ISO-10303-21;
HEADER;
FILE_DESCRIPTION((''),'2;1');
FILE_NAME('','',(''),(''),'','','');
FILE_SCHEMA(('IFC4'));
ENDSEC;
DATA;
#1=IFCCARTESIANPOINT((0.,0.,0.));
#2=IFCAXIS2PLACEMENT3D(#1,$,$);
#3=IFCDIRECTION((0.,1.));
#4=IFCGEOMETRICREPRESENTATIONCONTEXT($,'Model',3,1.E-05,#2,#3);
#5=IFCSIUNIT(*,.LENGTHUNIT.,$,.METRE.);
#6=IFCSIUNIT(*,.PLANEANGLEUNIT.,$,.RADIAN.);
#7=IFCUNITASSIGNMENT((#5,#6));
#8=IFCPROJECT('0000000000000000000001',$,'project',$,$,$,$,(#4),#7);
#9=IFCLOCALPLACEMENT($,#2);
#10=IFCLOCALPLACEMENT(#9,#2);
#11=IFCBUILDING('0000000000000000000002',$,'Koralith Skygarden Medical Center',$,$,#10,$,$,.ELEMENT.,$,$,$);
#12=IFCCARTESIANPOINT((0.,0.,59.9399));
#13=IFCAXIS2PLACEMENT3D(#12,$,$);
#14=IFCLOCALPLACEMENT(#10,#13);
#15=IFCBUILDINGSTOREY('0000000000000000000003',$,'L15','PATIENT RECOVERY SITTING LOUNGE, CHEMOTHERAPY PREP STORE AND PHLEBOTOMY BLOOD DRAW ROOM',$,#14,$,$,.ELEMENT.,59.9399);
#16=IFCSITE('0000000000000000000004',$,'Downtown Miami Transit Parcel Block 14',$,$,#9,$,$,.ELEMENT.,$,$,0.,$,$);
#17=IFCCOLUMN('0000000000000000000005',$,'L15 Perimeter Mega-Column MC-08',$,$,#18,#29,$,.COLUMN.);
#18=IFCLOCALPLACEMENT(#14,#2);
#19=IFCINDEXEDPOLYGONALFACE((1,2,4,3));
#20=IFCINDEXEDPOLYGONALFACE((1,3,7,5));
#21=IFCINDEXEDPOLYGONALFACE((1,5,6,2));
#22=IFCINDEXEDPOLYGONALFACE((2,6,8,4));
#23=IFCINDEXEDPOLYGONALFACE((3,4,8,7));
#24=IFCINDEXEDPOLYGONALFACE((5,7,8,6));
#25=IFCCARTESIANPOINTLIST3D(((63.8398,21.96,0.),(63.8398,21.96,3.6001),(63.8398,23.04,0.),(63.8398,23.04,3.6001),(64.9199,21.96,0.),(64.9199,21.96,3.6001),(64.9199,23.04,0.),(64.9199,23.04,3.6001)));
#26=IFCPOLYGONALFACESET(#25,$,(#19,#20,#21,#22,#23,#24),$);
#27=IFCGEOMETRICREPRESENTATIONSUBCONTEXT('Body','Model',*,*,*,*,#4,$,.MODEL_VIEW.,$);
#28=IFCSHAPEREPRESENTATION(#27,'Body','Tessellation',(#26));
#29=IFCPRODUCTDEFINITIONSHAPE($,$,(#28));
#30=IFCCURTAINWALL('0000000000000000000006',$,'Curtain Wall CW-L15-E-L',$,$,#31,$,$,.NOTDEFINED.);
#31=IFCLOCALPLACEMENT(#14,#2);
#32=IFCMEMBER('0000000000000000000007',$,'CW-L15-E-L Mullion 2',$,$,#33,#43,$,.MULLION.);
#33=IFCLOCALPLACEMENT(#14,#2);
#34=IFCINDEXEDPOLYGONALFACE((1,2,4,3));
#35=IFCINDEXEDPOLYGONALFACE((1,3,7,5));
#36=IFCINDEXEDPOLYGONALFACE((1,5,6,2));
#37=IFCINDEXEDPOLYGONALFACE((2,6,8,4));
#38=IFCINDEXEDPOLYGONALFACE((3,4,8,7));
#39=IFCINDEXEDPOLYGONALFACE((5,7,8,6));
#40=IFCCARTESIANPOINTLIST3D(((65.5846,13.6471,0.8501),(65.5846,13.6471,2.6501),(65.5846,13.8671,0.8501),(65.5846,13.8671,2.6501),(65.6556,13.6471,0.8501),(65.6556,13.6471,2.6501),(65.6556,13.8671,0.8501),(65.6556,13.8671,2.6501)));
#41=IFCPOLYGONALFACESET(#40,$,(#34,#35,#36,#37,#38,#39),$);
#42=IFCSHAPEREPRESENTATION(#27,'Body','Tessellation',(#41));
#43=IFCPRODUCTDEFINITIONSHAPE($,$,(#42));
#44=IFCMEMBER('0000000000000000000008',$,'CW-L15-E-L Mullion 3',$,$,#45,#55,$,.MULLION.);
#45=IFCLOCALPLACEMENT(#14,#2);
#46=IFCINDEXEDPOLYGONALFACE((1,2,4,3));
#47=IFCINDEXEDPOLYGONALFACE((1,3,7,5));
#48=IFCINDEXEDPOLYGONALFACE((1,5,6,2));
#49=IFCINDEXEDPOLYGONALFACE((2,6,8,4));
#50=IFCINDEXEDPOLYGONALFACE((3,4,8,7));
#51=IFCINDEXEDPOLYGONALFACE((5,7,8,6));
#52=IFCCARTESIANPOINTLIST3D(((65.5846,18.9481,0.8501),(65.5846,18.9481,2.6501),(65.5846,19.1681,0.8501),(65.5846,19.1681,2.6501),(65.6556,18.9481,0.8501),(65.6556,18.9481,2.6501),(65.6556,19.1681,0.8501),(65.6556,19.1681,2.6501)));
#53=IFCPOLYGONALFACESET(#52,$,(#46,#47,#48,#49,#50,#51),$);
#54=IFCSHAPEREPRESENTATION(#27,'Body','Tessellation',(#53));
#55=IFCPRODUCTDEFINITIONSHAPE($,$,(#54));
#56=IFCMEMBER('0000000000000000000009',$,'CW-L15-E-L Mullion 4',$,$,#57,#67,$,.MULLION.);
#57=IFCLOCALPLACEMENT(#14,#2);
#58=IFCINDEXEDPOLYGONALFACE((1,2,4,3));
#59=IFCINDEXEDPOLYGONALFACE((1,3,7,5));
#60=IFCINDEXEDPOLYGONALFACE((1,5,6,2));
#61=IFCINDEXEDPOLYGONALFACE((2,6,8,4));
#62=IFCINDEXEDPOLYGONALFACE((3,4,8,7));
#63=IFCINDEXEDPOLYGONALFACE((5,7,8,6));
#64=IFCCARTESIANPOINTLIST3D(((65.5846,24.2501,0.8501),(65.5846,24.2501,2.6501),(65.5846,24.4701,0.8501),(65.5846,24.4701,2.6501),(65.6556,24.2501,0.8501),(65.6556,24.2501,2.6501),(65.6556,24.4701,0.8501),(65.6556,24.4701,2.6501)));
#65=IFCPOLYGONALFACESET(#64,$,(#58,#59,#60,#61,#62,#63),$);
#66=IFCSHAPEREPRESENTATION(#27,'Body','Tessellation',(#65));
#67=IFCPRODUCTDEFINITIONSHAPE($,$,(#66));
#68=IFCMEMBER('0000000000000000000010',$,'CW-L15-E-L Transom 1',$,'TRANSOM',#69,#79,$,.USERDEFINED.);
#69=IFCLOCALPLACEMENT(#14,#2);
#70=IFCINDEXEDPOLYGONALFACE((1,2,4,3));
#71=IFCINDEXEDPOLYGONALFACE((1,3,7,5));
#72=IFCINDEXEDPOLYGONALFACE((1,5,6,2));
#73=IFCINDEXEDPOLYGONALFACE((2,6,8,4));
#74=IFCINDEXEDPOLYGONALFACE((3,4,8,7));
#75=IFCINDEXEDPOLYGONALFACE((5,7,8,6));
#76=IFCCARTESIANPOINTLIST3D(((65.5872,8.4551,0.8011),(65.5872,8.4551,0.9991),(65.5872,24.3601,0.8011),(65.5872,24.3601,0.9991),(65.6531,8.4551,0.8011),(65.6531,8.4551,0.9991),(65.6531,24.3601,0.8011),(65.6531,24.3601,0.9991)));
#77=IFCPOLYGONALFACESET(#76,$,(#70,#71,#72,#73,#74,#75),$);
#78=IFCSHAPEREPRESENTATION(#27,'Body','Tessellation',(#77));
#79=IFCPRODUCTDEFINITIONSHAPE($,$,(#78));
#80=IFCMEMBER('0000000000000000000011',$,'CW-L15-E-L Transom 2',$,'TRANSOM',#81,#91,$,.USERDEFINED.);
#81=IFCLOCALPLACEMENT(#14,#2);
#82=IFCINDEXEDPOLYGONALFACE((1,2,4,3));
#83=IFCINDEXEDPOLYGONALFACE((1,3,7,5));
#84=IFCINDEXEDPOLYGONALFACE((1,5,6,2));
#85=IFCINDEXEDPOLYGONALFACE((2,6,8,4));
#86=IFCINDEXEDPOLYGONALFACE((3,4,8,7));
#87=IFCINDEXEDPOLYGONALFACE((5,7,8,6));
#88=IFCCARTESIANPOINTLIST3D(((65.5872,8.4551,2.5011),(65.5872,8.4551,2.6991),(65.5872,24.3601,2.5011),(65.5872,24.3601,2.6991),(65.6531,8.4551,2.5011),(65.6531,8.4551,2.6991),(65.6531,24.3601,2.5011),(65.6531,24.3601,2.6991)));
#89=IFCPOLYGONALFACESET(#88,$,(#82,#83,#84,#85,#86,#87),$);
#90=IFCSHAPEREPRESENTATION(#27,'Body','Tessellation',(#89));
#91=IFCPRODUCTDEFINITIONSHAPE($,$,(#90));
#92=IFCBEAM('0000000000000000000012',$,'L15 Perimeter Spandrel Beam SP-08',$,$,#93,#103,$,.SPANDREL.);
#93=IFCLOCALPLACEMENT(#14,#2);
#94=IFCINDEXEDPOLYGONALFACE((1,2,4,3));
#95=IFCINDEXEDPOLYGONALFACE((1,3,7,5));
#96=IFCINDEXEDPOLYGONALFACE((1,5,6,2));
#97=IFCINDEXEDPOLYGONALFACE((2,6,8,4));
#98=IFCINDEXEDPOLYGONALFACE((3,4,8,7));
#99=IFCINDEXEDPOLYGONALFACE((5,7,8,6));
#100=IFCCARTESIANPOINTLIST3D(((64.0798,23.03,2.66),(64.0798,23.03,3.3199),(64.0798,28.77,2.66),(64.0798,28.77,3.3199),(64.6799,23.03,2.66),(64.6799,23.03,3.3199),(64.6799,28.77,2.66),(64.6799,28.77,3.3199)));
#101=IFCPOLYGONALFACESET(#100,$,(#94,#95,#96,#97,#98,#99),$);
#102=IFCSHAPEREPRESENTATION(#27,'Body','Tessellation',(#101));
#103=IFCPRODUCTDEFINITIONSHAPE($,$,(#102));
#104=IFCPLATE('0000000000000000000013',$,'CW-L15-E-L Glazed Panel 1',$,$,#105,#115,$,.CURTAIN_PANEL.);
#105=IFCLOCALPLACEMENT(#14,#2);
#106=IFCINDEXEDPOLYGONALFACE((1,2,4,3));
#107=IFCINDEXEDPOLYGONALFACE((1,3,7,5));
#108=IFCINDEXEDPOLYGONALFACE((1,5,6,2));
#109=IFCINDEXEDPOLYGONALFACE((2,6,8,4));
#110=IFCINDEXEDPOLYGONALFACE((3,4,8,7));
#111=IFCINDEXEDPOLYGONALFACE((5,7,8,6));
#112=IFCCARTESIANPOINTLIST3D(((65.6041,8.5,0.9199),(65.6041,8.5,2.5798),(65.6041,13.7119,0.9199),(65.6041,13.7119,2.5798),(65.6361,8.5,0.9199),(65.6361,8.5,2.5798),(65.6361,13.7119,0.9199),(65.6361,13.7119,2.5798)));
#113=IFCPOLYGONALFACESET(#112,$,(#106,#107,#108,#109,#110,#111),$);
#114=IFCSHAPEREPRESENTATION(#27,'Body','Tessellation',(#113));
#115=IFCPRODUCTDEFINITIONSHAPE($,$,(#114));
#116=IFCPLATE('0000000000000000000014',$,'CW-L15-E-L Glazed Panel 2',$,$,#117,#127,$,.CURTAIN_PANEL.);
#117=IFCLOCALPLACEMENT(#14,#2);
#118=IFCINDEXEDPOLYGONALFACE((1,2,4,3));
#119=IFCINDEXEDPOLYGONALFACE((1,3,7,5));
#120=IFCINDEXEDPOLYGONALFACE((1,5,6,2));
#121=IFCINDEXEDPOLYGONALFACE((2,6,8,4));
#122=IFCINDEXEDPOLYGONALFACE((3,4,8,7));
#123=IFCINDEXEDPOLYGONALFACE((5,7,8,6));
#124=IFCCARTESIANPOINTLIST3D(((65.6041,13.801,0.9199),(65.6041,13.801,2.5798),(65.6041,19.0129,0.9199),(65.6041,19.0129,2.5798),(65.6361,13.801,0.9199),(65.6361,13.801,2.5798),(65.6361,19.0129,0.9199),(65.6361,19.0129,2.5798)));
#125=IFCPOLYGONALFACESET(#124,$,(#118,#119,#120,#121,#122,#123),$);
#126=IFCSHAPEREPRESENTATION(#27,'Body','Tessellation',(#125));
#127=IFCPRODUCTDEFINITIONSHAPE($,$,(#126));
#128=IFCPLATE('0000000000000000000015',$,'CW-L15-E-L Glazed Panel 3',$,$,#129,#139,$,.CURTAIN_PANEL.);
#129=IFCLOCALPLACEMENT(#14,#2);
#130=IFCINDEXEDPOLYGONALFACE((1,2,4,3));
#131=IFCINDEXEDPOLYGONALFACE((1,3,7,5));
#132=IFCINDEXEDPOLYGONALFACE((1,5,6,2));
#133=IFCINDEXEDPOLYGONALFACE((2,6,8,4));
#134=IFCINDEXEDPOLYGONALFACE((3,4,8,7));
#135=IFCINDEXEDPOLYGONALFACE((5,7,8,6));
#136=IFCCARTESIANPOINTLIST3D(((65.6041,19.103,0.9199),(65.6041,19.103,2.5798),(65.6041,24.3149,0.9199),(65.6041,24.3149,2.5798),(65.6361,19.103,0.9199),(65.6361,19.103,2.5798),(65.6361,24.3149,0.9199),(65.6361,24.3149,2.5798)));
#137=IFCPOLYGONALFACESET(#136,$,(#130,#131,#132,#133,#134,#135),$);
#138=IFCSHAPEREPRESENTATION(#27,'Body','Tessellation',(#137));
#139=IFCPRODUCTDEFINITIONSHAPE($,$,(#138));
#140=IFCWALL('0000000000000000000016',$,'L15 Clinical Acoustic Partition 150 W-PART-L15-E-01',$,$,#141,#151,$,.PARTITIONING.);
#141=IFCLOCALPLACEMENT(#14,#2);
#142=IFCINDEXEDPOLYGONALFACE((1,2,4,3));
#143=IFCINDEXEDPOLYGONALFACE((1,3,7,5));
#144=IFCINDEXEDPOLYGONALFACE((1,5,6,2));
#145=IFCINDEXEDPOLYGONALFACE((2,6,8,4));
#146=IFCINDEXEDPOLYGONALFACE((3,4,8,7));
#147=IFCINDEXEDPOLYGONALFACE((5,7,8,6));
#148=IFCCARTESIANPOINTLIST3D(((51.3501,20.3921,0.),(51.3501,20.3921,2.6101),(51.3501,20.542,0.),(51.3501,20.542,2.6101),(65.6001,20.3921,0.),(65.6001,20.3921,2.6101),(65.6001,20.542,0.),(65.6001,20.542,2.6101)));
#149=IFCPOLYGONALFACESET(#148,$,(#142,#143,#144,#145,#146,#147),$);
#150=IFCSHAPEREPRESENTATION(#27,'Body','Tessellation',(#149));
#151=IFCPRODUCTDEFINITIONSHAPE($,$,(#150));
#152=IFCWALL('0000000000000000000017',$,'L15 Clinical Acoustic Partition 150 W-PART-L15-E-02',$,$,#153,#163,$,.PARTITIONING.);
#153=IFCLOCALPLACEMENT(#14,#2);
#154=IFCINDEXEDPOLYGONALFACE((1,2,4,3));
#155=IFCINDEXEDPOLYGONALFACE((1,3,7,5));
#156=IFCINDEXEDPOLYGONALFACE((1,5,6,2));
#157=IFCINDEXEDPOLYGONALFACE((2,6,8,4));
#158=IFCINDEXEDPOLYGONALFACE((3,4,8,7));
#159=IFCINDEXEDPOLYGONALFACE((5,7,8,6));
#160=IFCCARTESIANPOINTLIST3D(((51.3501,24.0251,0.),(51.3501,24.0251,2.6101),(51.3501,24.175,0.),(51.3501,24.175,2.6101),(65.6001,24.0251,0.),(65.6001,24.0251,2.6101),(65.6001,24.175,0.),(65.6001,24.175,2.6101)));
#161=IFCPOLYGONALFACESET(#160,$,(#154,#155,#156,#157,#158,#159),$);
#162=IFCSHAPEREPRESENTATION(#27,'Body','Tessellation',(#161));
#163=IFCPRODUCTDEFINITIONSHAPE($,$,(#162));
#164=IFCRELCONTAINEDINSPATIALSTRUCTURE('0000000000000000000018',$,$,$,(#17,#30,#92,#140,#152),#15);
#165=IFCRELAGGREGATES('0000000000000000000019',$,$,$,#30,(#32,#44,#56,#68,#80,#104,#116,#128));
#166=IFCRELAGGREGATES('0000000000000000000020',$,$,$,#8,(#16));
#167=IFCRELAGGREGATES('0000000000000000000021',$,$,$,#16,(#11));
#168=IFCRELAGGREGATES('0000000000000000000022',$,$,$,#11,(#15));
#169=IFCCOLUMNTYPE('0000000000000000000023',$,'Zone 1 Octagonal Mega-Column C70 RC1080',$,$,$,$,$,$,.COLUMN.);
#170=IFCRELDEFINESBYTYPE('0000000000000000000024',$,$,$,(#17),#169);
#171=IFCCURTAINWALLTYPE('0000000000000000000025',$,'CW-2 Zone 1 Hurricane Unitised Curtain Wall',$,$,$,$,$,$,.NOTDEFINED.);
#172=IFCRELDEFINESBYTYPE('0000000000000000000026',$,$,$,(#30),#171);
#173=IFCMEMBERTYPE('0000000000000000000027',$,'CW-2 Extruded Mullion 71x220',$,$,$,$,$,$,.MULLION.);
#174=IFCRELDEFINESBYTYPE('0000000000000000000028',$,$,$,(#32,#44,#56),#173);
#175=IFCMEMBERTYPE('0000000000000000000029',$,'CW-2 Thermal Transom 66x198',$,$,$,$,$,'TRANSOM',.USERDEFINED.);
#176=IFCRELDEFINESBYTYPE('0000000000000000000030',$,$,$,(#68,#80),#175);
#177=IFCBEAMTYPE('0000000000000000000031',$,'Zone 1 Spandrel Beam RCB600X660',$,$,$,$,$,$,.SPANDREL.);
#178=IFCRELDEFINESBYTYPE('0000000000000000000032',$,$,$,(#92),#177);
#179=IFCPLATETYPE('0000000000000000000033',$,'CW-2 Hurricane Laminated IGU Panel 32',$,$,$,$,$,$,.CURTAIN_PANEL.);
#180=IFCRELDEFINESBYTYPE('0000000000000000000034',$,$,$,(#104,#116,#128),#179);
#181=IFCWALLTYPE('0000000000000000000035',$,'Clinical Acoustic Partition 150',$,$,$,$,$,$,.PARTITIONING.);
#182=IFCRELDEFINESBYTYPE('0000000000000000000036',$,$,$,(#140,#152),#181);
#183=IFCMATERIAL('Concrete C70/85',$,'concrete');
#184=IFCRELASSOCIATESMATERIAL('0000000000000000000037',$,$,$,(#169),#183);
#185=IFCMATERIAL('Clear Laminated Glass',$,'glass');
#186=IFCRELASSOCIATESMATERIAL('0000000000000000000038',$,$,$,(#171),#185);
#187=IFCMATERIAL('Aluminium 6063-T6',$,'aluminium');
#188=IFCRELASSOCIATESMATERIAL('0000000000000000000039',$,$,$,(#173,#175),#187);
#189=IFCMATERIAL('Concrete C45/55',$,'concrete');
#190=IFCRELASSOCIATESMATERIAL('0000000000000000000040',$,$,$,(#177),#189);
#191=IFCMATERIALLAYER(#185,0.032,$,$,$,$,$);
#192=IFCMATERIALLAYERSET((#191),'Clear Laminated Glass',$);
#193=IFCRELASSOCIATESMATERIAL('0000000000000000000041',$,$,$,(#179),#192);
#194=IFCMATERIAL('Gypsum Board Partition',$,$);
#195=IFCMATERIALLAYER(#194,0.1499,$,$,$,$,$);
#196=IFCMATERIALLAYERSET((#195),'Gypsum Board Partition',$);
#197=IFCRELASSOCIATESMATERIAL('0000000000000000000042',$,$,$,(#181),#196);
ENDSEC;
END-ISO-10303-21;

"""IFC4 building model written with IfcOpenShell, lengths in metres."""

from ifc_helpers import new_model, si_unit, direction, frame, frame_2d, origin, origin_2d, place, context, subcontext, project, spatial, rectangle, extrude, material, layer, layer_set, material_profile, profile_set, type_object, element, aggregate, save


model = new_model("IFC4")

# Units and contexts
model_context = context("Model", 3, precision=1e-05, world=origin(), true_north=direction((0.0, 1.0)))
body_context = subcontext(model_context, "Body", "Model", "MODEL_VIEW")
ifc_project = project(units=[si_unit("LENGTHUNIT", "METRE"), si_unit("PLANEANGLEUNIT", "RADIAN")], contexts=[model_context])

# Site, building, storey
site_placement = place(None, origin())
site = spatial("IfcSite", under=ifc_project, at=site_placement, Name="Downtown Miami Transit Parcel Block 14", CompositionType="ELEMENT", RefElevation=0.0)
building_placement = place(site_placement, origin())
building = spatial("IfcBuilding", under=site, at=building_placement, Name="Koralith Skygarden Medical Center", CompositionType="ELEMENT")
storey_placement = place(building_placement, frame((0.0, 0.0, 59.9399)))
storey = spatial("IfcBuildingStorey", under=building, at=storey_placement, Name="L15", Description="PATIENT RECOVERY SITTING LOUNGE, CHEMOTHERAPY PREP STORE AND PHLEBOTOMY BLOOD DRAW ROOM", CompositionType="ELEMENT", Elevation=59.9399)

# Column
ifc_material_1 = material(Name="Concrete C70/85", Category="concrete")
ifc_material_profile_1 = material_profile(ifc_material_1, rectangle(XDim=1.0801, YDim=1.0801, at=origin_2d()), Name="RC1080X1080")
ifc_profile_set_1 = profile_set([ifc_material_profile_1], Name="Concrete C70/85")
column_type = type_object("IfcColumnType", Name="Zone 1 Octagonal Mega-Column C70 RC1080", PredefinedType="COLUMN", material=ifc_profile_set_1)
column_placement = place(storey_placement, frame((64.3799, 22.5, 0.0), z_axis=(0.0, 0.0, 1.0), x_axis=(1.0, 0.0, 0.0)))
element("IfcColumn", 1, at=column_placement, inside=storey, type_object=column_type, Name="L15 Perimeter Mega-Column MC-08", PredefinedType="COLUMN", context=body_context, shape_type="SweptSolid", body=[
    extrude(rectangle(XDim=1.0801, YDim=1.0801, at=origin_2d()), origin(), (0.0, 0.0, 1.0), 3.6001),
])

# Curtain wall, members
ifc_material_2 = material(Name="Clear Laminated Glass", Category="glass")
curtain_wall_type = type_object("IfcCurtainWallType", Name="CW-2 Zone 1 Hurricane Unitised Curtain Wall", PredefinedType="NOTDEFINED", material=ifc_material_2)
curtain_wall_placement = place(storey_placement, origin())
curtain_wall = element("IfcCurtainWall", 2, at=curtain_wall_placement, inside=storey, type_object=curtain_wall_type, Name="Curtain Wall CW-L15-E-L", PredefinedType="NOTDEFINED")
ifc_material_3 = material(Name="Aluminium 6063-T6", Category="aluminium")
ifc_material_profile_2 = material_profile(ifc_material_3, rectangle(XDim=0.071, YDim=0.22, at=origin_2d()), Name="MUL71X220")
ifc_profile_set_2 = profile_set([ifc_material_profile_2], Name="Aluminium 6063-T6")
member_type_1 = type_object("IfcMemberType", Name="CW-2 Extruded Mullion 71x220", PredefinedType="MULLION", material=ifc_profile_set_2)
member_1_placement = place(storey_placement, frame((65.6201, 13.7571, 0.8501), z_axis=(0.0, 0.0, 1.0), x_axis=(1.0, 0.0, 0.0)))
member_1 = element("IfcMember", 3, at=member_1_placement, type_object=member_type_1, Name="CW-L15-E-L Mullion 2", PredefinedType="MULLION", context=body_context, shape_type="SweptSolid", body=[
    extrude(rectangle(XDim=0.071, YDim=0.22, at=origin_2d()), origin(), (0.0, 0.0, 1.0), 1.8),
])
member_2_placement = place(storey_placement, frame((65.6201, 19.0581, 0.8501), z_axis=(0.0, 0.0, 1.0), x_axis=(1.0, 0.0, 0.0)))
member_2 = element("IfcMember", 4, at=member_2_placement, type_object=member_type_1, Name="CW-L15-E-L Mullion 3", PredefinedType="MULLION", context=body_context, shape_type="SweptSolid", body=[
    extrude(rectangle(XDim=0.071, YDim=0.22, at=origin_2d()), origin(), (0.0, 0.0, 1.0), 1.8),
])
member_3_placement = place(storey_placement, frame((65.6201, 24.3601, 0.8501), z_axis=(0.0, 0.0, 1.0), x_axis=(1.0, 0.0, 0.0)))
member_3 = element("IfcMember", 5, at=member_3_placement, type_object=member_type_1, Name="CW-L15-E-L Mullion 4", PredefinedType="MULLION", context=body_context, shape_type="SweptSolid", body=[
    extrude(rectangle(XDim=0.071, YDim=0.22, at=origin_2d()), origin(), (0.0, 0.0, 1.0), 1.8),
])
ifc_material_profile_3 = material_profile(ifc_material_3, rectangle(XDim=0.0659, YDim=0.198, at=origin_2d()), Name="TRN66X198")
ifc_profile_set_3 = profile_set([ifc_material_profile_3], Name="Aluminium 6063-T6")
member_type_2 = type_object("IfcMemberType", Name="CW-2 Thermal Transom 66x198", ElementType="TRANSOM", PredefinedType="USERDEFINED", material=ifc_profile_set_3)
member_4_placement = place(storey_placement, frame((65.6201, 8.4551, 0.9001), z_axis=(0.0, 1.0, 0.0), x_axis=(-1.0, 0.0, 0.0)))
member_4 = element("IfcMember", 6, at=member_4_placement, type_object=member_type_2, Name="CW-L15-E-L Transom 1", ObjectType="TRANSOM", PredefinedType="USERDEFINED", context=body_context, shape_type="SweptSolid", body=[
    extrude(rectangle(XDim=0.0659, YDim=0.198, at=origin_2d()), origin(), (0.0, 0.0, 1.0), 15.905),
])
member_5_placement = place(storey_placement, frame((65.6201, 8.4551, 2.6001), z_axis=(0.0, 1.0, 0.0), x_axis=(-1.0, 0.0, 0.0)))
member_5 = element("IfcMember", 7, at=member_5_placement, type_object=member_type_2, Name="CW-L15-E-L Transom 2", ObjectType="TRANSOM", PredefinedType="USERDEFINED", context=body_context, shape_type="SweptSolid", body=[
    extrude(rectangle(XDim=0.0659, YDim=0.198, at=origin_2d()), origin(), (0.0, 0.0, 1.0), 15.905),
])

# Beam
ifc_material_4 = material(Name="Concrete C45/55", Category="concrete")
ifc_material_profile_4 = material_profile(ifc_material_4, rectangle(XDim=0.6001, YDim=0.6599, at=origin_2d()), Name="RCB600X660")
ifc_profile_set_4 = profile_set([ifc_material_profile_4], Name="Concrete C45/55")
beam_type = type_object("IfcBeamType", Name="Zone 1 Spandrel Beam RCB600X660", PredefinedType="SPANDREL", material=ifc_profile_set_4)
beam_placement = place(storey_placement, frame((64.3799, 23.03, 2.99), z_axis=(0.0, 1.0, 0.0), x_axis=(-1.0, 0.0, 0.0)))
element("IfcBeam", 8, at=beam_placement, inside=storey, type_object=beam_type, Name="L15 Perimeter Spandrel Beam SP-08", PredefinedType="SPANDREL", context=body_context, shape_type="SweptSolid", body=[
    extrude(rectangle(XDim=0.6001, YDim=0.6599, at=origin_2d()), origin(), (0.0, 0.0, 1.0), 5.74),
])

# Plates
ifc_layer_1 = layer(ifc_material_2, 0.032)
ifc_layer_set_1 = layer_set([ifc_layer_1], Name="Clear Laminated Glass")
plate_type = type_object("IfcPlateType", Name="CW-2 Hurricane Laminated IGU Panel 32", PredefinedType="CURTAIN_PANEL", material=ifc_layer_set_1)
plate_1_placement = place(storey_placement, frame((65.6201, 11.106, 0.9199), z_axis=(0.0, 0.0, 1.0), x_axis=(0.0, 1.0, 0.0)))
plate_1 = element("IfcPlate", 9, at=plate_1_placement, type_object=plate_type, Name="CW-L15-E-L Glazed Panel 1", PredefinedType="CURTAIN_PANEL", context=body_context, shape_type="SweptSolid", body=[
    extrude(rectangle(XDim=5.2119, YDim=0.032, at=origin_2d()), origin(), (0.0, 0.0, 1.0), 1.6599),
])
plate_2_placement = place(storey_placement, frame((65.6201, 16.407, 0.9199), z_axis=(0.0, 0.0, 1.0), x_axis=(0.0, 1.0, 0.0)))
plate_2 = element("IfcPlate", 10, at=plate_2_placement, type_object=plate_type, Name="CW-L15-E-L Glazed Panel 2", PredefinedType="CURTAIN_PANEL", context=body_context, shape_type="SweptSolid", body=[
    extrude(rectangle(XDim=5.2119, YDim=0.032, at=origin_2d()), origin(), (0.0, 0.0, 1.0), 1.6599),
])
plate_3_placement = place(storey_placement, frame((65.6201, 21.709, 0.9199), z_axis=(0.0, 0.0, 1.0), x_axis=(0.0, 1.0, 0.0)))
plate_3 = element("IfcPlate", 11, at=plate_3_placement, type_object=plate_type, Name="CW-L15-E-L Glazed Panel 3", PredefinedType="CURTAIN_PANEL", context=body_context, shape_type="SweptSolid", body=[
    extrude(rectangle(XDim=5.2119, YDim=0.032, at=origin_2d()), origin(), (0.0, 0.0, 1.0), 1.6599),
])
aggregate(curtain_wall, [member_1, member_2, member_3, member_4, member_5, plate_1, plate_2, plate_3])

# Walls
ifc_material_5 = material(Name="Gypsum Board Partition")
ifc_layer_2 = layer(ifc_material_5, 0.1499)
ifc_layer_set_2 = layer_set([ifc_layer_2], Name="Gypsum Board Partition")
wall_type_1 = type_object("IfcWallType", Name="Clinical Acoustic Partition 150", PredefinedType="PARTITIONING", material=ifc_layer_set_2)
for number, where, z_axis, x_axis, name in (
    (12, (51.3501, 20.467, 0.0), (0.0, 0.0, 1.0), (1.0, 0.0, 0.0), "L15 Clinical Acoustic Partition 150 W-PART-L15-E-01"),
    (13, (51.3501, 24.1001, 0.0), (0.0, 0.0, 1.0), (1.0, 0.0, 0.0), "L15 Clinical Acoustic Partition 150 W-PART-L15-E-02"),
):
    element("IfcWall", number, at=place(storey_placement, frame(where, z_axis=z_axis, x_axis=x_axis)), inside=storey, type_object=wall_type_1, Name=name, PredefinedType="PARTITIONING", context=body_context, shape_type="SweptSolid", body=[
        extrude(rectangle(XDim=14.25, YDim=0.1499, at=frame_2d((7.125, 0.0))), origin(), (0.0, 0.0, 1.0), 2.6101),
    ])

save(model, "model.ifc")
